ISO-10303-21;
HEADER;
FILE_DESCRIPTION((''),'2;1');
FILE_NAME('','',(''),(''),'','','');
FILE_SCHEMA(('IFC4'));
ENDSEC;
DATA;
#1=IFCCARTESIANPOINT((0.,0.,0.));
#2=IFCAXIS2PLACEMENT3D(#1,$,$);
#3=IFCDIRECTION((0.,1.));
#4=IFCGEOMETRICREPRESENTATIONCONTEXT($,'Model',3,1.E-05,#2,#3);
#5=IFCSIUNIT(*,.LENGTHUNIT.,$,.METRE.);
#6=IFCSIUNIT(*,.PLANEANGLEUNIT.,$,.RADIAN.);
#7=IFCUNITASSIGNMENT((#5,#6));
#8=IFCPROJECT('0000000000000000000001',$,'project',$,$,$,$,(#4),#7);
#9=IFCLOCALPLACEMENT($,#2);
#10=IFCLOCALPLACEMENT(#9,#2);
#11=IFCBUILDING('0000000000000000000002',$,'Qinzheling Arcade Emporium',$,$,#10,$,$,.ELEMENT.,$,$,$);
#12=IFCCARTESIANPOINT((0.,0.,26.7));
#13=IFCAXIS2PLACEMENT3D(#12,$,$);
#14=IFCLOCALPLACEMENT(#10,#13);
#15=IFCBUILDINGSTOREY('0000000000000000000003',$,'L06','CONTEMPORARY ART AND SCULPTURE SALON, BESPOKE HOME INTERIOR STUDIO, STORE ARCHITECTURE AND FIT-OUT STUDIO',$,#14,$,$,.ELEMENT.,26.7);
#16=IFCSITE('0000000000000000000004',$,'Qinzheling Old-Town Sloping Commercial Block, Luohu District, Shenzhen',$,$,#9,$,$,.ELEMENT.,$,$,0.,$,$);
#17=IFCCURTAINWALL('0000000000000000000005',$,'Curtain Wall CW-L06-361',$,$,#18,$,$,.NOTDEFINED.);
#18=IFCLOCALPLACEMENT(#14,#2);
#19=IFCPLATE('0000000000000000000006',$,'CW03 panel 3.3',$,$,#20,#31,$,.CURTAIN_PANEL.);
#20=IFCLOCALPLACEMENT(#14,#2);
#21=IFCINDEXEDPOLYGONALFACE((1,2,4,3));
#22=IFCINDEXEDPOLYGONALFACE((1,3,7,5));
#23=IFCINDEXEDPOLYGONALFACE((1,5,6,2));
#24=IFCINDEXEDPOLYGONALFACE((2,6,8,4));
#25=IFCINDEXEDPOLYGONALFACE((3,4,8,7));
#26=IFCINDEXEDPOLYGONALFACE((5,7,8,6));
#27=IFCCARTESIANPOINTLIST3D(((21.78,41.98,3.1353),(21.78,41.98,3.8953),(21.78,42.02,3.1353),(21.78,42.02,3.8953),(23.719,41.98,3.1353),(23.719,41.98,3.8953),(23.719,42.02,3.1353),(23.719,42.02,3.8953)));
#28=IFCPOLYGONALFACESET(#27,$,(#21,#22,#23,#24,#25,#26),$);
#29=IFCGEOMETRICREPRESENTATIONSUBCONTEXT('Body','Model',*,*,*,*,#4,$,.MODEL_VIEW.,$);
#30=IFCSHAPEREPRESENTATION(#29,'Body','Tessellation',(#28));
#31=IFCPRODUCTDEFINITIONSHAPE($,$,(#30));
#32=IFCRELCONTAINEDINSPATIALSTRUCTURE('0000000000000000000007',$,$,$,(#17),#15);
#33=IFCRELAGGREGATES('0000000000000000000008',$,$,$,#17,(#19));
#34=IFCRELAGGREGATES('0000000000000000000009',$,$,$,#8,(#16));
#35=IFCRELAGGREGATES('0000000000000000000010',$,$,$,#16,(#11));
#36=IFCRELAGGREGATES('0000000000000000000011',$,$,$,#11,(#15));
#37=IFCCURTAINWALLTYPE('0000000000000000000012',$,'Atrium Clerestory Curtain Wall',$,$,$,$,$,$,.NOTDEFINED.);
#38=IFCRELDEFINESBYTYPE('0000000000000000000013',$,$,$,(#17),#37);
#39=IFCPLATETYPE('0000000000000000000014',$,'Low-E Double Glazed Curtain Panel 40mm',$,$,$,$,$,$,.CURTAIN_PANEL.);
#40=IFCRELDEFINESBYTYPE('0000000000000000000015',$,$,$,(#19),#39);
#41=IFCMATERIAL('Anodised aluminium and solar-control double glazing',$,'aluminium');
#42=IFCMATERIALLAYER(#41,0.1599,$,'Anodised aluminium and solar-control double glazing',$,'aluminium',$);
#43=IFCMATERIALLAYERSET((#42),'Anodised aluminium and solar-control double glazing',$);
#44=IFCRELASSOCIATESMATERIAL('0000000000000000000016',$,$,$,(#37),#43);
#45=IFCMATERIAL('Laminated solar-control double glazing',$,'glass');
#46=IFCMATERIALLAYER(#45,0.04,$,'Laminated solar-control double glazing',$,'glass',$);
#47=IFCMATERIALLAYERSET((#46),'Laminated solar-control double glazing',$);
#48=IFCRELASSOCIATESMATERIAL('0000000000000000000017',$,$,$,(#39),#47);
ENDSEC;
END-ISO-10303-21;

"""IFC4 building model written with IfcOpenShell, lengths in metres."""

from ifc_helpers import new_model, si_unit, direction, frame, origin, origin_2d, place, context, subcontext, project, spatial, rectangle, extrude, material, layer, layer_set, type_object, element, aggregate, save


model = new_model("IFC4")

# Units and contexts
model_context = context("Model", 3, precision=1e-05, world=origin(), true_north=direction((0.0, 1.0)))
body_context = subcontext(model_context, "Body", "Model", "MODEL_VIEW")
ifc_project = project(units=[si_unit("LENGTHUNIT", "METRE"), si_unit("PLANEANGLEUNIT", "RADIAN")], contexts=[model_context])

# Site, building, storey
site_placement = place(None, origin())
site = spatial("IfcSite", under=ifc_project, at=site_placement, Name="Qinzheling Old-Town Sloping Commercial Block, Luohu District, Shenzhen", CompositionType="ELEMENT", RefElevation=0.0)
building_placement = place(site_placement, origin())
building = spatial("IfcBuilding", under=site, at=building_placement, Name="Qinzheling Arcade Emporium", CompositionType="ELEMENT")
storey_placement = place(building_placement, frame((0.0, 0.0, 26.7)))
storey = spatial("IfcBuildingStorey", under=building, at=storey_placement, Name="L06", Description="CONTEMPORARY ART AND SCULPTURE SALON, BESPOKE HOME INTERIOR STUDIO, STORE ARCHITECTURE AND FIT-OUT STUDIO", CompositionType="ELEMENT", Elevation=26.7)

# Curtain wall
ifc_material_1 = material(Name="Anodised aluminium and solar-control double glazing", Category="aluminium")
ifc_layer_1 = layer(ifc_material_1, 0.1599, Name="Anodised aluminium and solar-control double glazing", Category="aluminium")
ifc_layer_set_1 = layer_set([ifc_layer_1], Name="Anodised aluminium and solar-control double glazing")
curtain_wall_type = type_object("IfcCurtainWallType", Name="Atrium Clerestory Curtain Wall", PredefinedType="NOTDEFINED", material=ifc_layer_set_1)
curtain_wall_placement = place(storey_placement, origin())
curtain_wall = element("IfcCurtainWall", 1, at=curtain_wall_placement, inside=storey, type_object=curtain_wall_type, Name="Curtain Wall CW-L06-361", PredefinedType="NOTDEFINED")

# Plate
ifc_material_2 = material(Name="Laminated solar-control double glazing", Category="glass")
ifc_layer_2 = layer(ifc_material_2, 0.04, Name="Laminated solar-control double glazing", Category="glass")
ifc_layer_set_2 = layer_set([ifc_layer_2], Name="Laminated solar-control double glazing")
plate_type = type_object("IfcPlateType", Name="Low-E Double Glazed Curtain Panel 40mm", PredefinedType="CURTAIN_PANEL", material=ifc_layer_set_2)
plate_1_placement = place(storey_placement, frame((22.7495, 42.0, 3.1353), z_axis=(0.0, 0.0, 1.0), x_axis=(1.0, 0.0, 0.0)))
plate_1 = element("IfcPlate", 2, at=plate_1_placement, type_object=plate_type, Name="CW03 panel 3.3", PredefinedType="CURTAIN_PANEL", context=body_context, shape_type="SweptSolid", body=[
    extrude(rectangle(XDim=1.939, YDim=0.04, at=origin_2d()), origin(), (0.0, 0.0, 1.0), 0.76),
])
aggregate(curtain_wall, [plate_1])

save(model, "model.ifc")
